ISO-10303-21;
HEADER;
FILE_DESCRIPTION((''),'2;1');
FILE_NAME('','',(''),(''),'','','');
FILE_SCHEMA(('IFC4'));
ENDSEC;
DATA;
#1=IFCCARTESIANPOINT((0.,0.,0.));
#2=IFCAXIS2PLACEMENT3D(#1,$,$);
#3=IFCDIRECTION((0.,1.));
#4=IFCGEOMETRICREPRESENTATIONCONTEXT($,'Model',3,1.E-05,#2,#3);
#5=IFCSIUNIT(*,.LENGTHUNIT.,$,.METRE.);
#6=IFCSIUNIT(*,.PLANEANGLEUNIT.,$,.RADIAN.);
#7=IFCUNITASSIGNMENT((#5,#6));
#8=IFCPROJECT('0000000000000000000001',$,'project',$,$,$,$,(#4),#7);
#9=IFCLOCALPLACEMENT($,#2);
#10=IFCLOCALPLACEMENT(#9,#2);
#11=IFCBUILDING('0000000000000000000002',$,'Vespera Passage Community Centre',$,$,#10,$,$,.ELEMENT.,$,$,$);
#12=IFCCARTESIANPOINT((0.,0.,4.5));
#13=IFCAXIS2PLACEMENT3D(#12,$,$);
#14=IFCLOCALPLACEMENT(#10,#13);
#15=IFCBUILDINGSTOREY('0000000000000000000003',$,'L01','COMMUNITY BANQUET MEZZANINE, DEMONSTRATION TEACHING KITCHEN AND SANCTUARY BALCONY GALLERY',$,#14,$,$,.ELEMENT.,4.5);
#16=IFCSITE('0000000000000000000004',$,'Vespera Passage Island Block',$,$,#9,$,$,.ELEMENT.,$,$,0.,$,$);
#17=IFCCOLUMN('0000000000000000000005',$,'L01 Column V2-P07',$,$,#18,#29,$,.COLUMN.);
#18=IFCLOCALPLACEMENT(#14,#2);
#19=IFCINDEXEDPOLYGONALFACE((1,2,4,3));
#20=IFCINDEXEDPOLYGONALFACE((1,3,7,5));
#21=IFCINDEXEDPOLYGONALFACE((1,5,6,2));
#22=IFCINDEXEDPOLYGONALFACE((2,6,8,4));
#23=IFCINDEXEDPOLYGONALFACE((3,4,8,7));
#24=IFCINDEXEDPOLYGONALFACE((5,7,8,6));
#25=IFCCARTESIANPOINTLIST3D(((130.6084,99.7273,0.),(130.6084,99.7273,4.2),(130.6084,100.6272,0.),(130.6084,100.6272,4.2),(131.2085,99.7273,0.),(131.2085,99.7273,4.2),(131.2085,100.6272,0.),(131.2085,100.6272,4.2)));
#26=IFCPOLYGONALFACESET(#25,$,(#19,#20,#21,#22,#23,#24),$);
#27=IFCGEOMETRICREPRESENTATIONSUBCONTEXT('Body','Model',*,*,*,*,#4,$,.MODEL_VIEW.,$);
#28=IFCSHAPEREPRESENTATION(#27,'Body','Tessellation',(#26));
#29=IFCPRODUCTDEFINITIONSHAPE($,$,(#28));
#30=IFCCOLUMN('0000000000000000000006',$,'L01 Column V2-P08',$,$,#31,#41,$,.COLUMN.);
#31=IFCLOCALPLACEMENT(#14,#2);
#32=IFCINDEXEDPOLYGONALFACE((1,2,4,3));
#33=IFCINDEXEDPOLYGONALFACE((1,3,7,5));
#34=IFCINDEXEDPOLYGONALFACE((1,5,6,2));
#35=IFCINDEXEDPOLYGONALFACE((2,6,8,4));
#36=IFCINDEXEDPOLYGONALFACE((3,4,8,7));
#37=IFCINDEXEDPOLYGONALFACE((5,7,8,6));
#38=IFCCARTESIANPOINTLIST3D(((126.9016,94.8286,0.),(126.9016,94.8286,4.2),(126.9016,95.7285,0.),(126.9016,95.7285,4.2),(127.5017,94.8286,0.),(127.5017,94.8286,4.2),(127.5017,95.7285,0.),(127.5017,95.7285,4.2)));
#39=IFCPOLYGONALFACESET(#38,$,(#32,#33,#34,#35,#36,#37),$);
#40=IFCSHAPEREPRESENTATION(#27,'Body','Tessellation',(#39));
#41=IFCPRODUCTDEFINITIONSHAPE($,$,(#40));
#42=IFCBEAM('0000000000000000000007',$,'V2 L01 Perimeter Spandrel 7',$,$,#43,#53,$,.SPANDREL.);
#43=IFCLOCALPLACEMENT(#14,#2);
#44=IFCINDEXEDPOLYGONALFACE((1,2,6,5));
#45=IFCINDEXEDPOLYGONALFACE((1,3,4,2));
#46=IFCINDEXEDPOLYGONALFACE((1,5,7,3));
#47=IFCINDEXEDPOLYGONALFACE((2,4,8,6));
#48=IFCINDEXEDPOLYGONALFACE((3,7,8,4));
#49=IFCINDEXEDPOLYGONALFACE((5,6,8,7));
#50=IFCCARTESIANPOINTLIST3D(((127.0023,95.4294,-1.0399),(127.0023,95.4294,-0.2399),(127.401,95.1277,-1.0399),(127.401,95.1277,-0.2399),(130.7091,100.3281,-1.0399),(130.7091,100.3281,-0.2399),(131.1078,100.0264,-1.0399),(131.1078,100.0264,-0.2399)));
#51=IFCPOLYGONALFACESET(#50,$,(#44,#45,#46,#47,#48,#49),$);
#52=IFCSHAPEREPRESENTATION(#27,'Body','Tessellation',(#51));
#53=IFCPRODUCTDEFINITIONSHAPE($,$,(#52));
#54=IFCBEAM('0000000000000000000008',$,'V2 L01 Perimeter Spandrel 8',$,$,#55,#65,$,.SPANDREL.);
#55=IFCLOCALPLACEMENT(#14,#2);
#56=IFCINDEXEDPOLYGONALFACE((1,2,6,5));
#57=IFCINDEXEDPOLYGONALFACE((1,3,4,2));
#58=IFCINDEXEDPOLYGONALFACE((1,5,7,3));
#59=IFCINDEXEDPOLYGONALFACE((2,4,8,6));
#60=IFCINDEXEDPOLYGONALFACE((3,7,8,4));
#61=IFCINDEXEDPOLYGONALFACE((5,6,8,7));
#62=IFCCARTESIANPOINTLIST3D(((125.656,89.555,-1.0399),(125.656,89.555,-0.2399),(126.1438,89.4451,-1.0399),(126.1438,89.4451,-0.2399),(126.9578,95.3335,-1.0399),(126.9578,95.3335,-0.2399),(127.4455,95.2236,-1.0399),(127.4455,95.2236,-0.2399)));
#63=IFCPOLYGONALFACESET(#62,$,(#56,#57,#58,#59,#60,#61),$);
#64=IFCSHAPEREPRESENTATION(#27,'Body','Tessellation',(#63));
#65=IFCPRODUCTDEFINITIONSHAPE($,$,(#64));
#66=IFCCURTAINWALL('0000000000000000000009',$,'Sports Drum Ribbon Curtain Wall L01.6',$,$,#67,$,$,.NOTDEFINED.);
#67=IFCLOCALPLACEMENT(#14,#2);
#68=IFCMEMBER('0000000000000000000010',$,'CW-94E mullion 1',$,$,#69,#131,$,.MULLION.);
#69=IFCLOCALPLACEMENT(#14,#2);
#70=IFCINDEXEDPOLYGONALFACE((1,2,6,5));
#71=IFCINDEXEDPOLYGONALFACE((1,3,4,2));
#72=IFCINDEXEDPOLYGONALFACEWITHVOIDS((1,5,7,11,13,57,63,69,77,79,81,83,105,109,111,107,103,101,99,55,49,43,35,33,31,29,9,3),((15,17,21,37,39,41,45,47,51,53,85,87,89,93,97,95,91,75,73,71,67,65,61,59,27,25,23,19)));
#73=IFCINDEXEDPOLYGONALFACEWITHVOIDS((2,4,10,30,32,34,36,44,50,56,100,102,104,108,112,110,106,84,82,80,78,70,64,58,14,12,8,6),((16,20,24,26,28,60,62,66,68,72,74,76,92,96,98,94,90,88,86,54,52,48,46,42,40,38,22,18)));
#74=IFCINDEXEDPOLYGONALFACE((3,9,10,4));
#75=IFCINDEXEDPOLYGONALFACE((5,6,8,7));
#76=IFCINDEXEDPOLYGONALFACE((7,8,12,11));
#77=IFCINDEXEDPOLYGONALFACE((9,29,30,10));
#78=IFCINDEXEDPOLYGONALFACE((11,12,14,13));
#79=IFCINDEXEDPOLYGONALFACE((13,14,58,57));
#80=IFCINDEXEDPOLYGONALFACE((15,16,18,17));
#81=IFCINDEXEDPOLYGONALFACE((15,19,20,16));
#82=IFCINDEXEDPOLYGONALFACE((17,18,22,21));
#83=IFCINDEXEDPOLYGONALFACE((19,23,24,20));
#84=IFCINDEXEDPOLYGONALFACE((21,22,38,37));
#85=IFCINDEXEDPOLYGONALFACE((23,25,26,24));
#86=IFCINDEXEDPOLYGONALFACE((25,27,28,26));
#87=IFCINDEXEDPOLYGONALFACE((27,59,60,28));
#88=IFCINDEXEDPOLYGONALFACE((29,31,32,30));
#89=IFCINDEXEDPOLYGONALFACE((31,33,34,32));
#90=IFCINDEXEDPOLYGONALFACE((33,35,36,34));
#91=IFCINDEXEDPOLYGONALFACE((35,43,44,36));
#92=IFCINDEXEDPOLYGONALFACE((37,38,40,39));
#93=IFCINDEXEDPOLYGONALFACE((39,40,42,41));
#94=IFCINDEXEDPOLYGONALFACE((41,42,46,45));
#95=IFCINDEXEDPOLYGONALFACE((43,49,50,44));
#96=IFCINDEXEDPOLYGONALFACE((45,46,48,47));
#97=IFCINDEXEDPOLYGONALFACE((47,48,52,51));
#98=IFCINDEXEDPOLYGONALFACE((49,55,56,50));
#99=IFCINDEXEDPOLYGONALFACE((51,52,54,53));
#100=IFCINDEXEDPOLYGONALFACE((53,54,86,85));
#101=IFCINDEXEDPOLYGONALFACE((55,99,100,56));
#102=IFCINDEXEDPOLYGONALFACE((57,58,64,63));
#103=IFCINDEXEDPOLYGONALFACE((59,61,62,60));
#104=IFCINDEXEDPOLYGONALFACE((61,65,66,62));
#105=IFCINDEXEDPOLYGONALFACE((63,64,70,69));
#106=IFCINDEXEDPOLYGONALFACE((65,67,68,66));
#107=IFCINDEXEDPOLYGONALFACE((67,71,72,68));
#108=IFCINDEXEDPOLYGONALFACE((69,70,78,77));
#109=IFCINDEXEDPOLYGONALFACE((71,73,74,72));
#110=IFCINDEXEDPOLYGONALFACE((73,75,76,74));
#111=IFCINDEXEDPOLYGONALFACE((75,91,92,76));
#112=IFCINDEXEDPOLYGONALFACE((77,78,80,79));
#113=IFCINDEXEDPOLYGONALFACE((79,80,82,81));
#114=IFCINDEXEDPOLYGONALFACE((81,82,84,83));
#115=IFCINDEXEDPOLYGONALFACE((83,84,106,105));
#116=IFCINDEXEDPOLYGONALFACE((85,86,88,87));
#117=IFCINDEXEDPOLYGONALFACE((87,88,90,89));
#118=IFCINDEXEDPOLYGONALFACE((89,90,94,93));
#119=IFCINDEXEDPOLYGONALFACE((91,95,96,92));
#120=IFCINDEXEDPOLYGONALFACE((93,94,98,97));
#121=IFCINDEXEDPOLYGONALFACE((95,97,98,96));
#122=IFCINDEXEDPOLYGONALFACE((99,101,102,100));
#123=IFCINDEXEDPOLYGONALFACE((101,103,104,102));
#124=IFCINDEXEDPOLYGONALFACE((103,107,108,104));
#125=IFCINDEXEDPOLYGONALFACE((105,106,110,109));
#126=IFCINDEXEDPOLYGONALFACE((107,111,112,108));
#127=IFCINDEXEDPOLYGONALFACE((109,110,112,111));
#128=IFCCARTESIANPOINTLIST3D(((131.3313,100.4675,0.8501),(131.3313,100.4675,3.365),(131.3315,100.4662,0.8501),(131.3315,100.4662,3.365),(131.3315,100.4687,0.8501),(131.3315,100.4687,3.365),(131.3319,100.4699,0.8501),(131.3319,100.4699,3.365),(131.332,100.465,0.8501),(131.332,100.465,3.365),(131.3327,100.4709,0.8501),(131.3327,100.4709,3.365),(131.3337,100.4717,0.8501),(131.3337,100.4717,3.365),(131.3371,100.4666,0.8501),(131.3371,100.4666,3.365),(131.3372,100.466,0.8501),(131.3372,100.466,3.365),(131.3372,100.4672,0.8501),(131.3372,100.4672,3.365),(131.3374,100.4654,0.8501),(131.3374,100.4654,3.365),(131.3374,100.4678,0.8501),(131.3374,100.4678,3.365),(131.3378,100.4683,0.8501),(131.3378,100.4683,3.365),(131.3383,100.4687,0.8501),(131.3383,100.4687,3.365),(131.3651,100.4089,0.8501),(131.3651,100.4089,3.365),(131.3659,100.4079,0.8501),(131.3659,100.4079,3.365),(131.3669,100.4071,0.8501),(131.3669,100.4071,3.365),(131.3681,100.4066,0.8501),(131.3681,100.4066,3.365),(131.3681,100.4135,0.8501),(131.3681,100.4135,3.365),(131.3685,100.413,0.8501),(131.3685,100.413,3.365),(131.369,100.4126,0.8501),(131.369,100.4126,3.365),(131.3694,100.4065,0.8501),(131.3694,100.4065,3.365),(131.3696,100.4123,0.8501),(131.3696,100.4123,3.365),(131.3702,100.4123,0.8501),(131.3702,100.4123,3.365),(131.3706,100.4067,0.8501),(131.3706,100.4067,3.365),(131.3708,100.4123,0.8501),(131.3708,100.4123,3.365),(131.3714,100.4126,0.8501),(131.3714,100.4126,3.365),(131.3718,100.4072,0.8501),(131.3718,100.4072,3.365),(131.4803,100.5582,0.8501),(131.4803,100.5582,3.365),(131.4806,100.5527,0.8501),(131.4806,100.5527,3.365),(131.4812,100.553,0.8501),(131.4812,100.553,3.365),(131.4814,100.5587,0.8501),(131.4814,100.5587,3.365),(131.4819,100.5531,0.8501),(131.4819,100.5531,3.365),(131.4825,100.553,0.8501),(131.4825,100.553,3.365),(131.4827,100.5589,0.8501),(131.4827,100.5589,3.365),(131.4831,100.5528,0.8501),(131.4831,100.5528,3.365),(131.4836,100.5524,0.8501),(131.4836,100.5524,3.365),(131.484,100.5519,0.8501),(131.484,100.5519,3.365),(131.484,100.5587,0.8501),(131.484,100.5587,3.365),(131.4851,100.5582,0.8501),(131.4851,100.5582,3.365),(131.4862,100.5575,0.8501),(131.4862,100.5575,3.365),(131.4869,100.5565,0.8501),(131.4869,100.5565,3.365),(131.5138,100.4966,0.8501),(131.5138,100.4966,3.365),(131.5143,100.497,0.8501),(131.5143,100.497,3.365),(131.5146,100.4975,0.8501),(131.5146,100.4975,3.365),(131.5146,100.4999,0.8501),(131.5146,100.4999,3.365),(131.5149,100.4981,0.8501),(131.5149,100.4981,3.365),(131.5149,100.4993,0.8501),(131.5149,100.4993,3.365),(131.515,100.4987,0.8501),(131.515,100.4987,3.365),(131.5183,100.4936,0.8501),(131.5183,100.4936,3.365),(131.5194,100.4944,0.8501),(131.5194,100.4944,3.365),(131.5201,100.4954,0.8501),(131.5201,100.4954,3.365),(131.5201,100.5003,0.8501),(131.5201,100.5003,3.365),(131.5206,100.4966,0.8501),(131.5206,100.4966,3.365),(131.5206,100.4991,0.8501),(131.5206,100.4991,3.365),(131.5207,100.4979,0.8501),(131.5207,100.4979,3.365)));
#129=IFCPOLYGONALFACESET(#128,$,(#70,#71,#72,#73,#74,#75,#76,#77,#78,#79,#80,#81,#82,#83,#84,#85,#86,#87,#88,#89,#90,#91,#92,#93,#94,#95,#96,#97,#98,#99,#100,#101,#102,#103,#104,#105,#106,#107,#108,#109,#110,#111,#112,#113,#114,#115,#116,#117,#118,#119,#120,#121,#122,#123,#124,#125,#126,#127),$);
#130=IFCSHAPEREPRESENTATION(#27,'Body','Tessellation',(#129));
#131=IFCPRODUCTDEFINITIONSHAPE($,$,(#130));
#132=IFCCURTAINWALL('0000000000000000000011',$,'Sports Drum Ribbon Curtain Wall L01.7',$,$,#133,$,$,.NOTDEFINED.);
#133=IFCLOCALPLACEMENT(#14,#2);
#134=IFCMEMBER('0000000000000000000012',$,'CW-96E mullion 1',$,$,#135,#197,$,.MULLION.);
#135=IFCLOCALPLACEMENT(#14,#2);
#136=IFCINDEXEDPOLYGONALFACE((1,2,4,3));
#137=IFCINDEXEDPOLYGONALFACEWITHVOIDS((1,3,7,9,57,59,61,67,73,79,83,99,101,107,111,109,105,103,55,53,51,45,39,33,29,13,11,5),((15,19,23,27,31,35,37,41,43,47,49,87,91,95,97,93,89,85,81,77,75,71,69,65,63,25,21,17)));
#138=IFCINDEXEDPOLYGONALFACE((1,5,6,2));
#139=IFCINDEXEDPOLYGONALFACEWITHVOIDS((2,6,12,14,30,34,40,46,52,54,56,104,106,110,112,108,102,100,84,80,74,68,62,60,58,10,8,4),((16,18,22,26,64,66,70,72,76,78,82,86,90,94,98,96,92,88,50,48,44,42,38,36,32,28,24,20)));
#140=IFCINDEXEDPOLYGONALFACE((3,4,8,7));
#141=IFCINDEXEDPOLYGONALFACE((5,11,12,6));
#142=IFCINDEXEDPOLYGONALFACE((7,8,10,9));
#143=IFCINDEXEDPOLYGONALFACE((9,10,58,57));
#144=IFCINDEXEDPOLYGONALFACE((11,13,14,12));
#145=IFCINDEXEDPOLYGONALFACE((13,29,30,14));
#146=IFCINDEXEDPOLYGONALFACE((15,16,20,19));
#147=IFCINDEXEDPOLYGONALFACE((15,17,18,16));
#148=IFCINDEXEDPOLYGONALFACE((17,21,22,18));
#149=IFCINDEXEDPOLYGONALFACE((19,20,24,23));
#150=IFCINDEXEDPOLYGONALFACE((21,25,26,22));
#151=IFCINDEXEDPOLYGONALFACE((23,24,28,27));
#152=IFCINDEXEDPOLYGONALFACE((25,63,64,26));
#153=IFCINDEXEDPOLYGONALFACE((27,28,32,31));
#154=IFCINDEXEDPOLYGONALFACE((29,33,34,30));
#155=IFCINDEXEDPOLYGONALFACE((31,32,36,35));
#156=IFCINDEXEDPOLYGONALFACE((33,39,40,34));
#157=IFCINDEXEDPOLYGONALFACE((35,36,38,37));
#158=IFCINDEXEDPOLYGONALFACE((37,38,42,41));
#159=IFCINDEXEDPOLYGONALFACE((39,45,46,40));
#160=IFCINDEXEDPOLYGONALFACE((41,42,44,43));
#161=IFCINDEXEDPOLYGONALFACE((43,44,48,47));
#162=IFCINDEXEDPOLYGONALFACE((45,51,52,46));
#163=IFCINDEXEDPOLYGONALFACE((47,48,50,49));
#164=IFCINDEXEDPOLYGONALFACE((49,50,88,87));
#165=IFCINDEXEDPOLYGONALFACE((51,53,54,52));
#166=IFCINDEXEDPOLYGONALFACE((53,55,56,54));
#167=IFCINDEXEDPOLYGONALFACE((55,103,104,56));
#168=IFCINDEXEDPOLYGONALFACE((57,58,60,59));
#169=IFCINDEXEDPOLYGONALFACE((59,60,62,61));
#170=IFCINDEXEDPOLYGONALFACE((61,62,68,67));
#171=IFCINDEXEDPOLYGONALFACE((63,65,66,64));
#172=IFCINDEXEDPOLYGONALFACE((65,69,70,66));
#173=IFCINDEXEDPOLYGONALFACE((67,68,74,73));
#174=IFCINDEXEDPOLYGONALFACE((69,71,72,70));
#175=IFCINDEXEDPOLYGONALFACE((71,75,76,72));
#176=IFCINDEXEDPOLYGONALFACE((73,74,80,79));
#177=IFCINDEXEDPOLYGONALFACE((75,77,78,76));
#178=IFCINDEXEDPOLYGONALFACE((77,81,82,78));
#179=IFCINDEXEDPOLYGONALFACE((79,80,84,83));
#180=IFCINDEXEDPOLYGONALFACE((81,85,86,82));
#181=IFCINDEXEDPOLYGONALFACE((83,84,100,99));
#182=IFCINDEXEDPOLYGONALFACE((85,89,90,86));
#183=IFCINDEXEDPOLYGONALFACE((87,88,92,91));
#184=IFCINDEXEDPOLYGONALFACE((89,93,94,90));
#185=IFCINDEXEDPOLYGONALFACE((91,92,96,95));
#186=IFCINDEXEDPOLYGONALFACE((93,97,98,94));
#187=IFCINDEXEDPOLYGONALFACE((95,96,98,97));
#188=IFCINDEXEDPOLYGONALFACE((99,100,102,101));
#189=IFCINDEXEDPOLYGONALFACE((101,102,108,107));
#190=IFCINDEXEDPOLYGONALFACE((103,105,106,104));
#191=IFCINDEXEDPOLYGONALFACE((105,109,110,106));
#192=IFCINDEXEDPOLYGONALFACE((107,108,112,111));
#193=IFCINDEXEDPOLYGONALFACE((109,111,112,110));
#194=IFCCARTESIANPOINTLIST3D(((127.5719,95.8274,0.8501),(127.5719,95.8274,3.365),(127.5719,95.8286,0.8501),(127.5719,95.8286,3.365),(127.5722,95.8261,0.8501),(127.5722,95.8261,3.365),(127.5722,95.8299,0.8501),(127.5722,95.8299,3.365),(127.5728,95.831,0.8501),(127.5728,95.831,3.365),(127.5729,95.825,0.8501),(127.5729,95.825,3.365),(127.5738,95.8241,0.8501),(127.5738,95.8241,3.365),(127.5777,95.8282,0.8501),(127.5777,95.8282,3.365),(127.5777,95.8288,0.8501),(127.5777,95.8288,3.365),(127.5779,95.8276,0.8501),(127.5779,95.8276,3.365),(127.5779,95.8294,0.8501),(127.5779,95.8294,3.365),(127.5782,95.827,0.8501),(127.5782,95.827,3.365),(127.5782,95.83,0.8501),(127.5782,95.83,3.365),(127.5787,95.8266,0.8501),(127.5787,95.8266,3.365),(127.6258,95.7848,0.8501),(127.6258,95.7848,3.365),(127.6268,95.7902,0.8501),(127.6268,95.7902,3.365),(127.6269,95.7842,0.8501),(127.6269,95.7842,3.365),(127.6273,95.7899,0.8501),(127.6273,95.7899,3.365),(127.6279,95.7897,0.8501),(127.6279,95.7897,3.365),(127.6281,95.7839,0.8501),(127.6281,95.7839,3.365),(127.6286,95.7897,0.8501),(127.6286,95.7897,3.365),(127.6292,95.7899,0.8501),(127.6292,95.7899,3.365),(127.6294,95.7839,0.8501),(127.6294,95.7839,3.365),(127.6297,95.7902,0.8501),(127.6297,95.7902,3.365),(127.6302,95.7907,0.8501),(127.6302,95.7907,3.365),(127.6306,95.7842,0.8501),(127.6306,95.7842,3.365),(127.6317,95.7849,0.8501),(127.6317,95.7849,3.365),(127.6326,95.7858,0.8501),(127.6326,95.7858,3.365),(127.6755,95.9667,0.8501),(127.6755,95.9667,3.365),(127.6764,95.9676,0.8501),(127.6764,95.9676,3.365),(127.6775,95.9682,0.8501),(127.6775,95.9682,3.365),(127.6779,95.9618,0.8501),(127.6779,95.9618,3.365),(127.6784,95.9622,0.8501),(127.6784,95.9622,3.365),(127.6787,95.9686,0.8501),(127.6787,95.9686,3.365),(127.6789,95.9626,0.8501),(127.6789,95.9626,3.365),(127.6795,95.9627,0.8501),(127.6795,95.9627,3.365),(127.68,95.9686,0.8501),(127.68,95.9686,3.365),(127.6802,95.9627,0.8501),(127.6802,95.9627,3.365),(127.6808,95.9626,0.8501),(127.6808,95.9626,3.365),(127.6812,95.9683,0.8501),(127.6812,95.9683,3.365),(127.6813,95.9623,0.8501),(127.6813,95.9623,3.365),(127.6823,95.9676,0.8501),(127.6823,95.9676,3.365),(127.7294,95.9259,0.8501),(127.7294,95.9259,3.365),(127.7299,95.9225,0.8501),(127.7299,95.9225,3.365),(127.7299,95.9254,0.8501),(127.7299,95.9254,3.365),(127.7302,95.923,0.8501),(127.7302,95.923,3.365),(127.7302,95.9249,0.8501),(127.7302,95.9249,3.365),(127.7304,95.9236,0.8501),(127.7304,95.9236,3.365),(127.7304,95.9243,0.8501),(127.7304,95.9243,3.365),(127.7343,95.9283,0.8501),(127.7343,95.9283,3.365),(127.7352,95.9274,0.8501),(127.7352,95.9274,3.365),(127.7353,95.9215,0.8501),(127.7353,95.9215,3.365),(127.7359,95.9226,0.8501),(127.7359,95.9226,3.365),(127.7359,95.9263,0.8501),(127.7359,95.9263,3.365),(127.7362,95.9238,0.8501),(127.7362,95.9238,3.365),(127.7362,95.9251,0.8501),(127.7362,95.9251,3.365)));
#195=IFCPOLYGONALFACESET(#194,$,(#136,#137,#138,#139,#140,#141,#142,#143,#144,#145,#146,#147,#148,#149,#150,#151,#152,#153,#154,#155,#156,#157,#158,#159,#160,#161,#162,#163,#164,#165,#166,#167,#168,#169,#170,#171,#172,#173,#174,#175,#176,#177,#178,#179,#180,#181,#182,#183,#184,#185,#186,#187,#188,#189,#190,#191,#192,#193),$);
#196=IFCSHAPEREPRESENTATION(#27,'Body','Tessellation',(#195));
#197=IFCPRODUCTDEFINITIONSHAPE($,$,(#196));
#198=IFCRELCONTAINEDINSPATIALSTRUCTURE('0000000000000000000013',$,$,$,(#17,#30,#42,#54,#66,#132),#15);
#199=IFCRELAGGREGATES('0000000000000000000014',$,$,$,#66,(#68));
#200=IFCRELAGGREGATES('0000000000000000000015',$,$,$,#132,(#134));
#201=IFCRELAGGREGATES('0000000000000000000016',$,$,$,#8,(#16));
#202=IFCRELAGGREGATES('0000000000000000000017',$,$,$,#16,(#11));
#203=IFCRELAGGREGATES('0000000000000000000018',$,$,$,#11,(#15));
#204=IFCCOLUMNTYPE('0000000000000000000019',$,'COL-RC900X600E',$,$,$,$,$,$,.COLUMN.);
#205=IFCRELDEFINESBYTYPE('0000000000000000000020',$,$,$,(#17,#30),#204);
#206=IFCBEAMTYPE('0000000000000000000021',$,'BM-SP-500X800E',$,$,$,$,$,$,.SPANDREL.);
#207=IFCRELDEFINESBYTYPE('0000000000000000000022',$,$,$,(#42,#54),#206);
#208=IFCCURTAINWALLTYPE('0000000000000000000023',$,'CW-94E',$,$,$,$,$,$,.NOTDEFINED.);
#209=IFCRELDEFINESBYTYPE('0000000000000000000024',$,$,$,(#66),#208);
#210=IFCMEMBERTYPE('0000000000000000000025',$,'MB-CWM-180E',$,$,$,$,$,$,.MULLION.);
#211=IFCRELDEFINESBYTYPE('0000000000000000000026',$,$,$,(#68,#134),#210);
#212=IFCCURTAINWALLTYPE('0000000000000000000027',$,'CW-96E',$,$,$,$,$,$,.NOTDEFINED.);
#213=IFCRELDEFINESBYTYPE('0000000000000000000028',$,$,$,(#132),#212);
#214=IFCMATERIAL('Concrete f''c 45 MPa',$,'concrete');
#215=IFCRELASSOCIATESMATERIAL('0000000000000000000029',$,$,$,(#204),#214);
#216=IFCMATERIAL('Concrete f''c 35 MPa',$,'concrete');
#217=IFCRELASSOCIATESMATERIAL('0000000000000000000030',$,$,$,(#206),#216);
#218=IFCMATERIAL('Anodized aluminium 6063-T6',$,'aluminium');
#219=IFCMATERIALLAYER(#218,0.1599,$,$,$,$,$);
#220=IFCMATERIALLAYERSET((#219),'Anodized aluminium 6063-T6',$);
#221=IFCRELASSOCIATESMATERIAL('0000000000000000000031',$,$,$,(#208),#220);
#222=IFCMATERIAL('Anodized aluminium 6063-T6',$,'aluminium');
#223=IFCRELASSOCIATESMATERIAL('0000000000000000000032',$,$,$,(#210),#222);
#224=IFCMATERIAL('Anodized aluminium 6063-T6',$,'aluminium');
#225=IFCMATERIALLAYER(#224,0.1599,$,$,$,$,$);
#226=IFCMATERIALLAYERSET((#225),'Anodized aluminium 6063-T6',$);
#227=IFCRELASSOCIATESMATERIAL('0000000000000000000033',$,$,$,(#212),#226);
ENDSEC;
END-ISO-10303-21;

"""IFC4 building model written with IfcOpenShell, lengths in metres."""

from ifc_helpers import new_model, si_unit, direction, frame, origin, origin_2d, place, context, subcontext, project, spatial, rectangle, hollow_rectangle, extrude, material, layer, layer_set, material_profile, profile_set, type_object, element, aggregate, save


model = new_model("IFC4")

# Units and contexts
model_context = context("Model", 3, precision=1e-05, world=origin(), true_north=direction((0.0, 1.0)))
body_context = subcontext(model_context, "Body", "Model", "MODEL_VIEW")
ifc_project = project(units=[si_unit("LENGTHUNIT", "METRE"), si_unit("PLANEANGLEUNIT", "RADIAN")], contexts=[model_context])

# Site, building, storey
site_placement = place(None, origin())
site = spatial("IfcSite", under=ifc_project, at=site_placement, Name="Vespera Passage Island Block", CompositionType="ELEMENT", RefElevation=0.0)
building_placement = place(site_placement, origin())
building = spatial("IfcBuilding", under=site, at=building_placement, Name="Vespera Passage Community Centre", CompositionType="ELEMENT")
storey_placement = place(building_placement, frame((0.0, 0.0, 4.5)))
storey = spatial("IfcBuildingStorey", under=building, at=storey_placement, Name="L01", Description="COMMUNITY BANQUET MEZZANINE, DEMONSTRATION TEACHING KITCHEN AND SANCTUARY BALCONY GALLERY", CompositionType="ELEMENT", Elevation=4.5)

# Columns
ifc_material_1 = material(Name="Concrete f'c 45 MPa", Category="concrete")
ifc_material_profile_1 = material_profile(ifc_material_1, rectangle(XDim=0.6001, YDim=0.8999, at=origin_2d()), Name="RC900X600")
ifc_profile_set_1 = profile_set([ifc_material_profile_1], Name="Concrete f'c 45 MPa")
column_type = type_object("IfcColumnType", Name="COL-RC900X600E", PredefinedType="COLUMN", material=ifc_profile_set_1)
for number, where, z_axis, x_axis, name in (
    (1, (130.9084, 100.1772, 0.0), (0.0, 0.0, 1.0), (1.0, 0.0, 0.0), "L01 Column V2-P07"),
    (2, (127.2017, 95.2786, 0.0), (0.0, 0.0, 1.0), (1.0, 0.0, 0.0), "L01 Column V2-P08"),
):
    element("IfcColumn", number, at=place(storey_placement, frame(where, z_axis=z_axis, x_axis=x_axis)), inside=storey, type_object=column_type, Name=name, PredefinedType="COLUMN", context=body_context, shape_type="SweptSolid", body=[
        extrude(rectangle(XDim=0.6001, YDim=0.8999, at=origin_2d()), origin(), (0.0, 0.0, 1.0), 4.2),
    ])

# Beams
ifc_material_2 = material(Name="Concrete f'c 35 MPa", Category="concrete")
ifc_material_profile_2 = material_profile(ifc_material_2, rectangle(XDim=0.5, YDim=0.8, at=origin_2d()), Name="RC500X800")
ifc_profile_set_2 = profile_set([ifc_material_profile_2], Name="Concrete f'c 35 MPa")
beam_type = type_object("IfcBeamType", Name="BM-SP-500X800E", PredefinedType="SPANDREL", material=ifc_profile_set_2)
beam_1_placement = place(storey_placement, frame((130.9084, 100.1772, -0.6399), z_axis=(-0.603409, -0.797432, 0.0), x_axis=(0.797432, -0.603409, 0.0)))
element("IfcBeam", 3, at=beam_1_placement, inside=storey, type_object=beam_type, Name="V2 L01 Perimeter Spandrel 7", PredefinedType="SPANDREL", context=body_context, shape_type="SweptSolid", body=[
    extrude(rectangle(XDim=0.5, YDim=0.8, at=origin_2d()), origin(), (0.0, 0.0, 1.0), 6.1431),
])
beam_2_placement = place(storey_placement, frame((127.2017, 95.2786, -0.6399), z_axis=(-0.219766, -0.975553, 0.0), x_axis=(0.975553, -0.219766, 0.0)))
element("IfcBeam", 4, at=beam_2_placement, inside=storey, type_object=beam_type, Name="V2 L01 Perimeter Spandrel 8", PredefinedType="SPANDREL", context=body_context, shape_type="SweptSolid", body=[
    extrude(rectangle(XDim=0.5, YDim=0.8, at=origin_2d()), origin(), (0.0, 0.0, 1.0), 5.9233),
])

# Curtain wall, member
ifc_material_3 = material(Name="Anodized aluminium 6063-T6", Category="aluminium")
ifc_layer_1 = layer(ifc_material_3, 0.1599)
ifc_layer_set_1 = layer_set([ifc_layer_1], Name="Anodized aluminium 6063-T6")
curtain_wall_type_1 = type_object("IfcCurtainWallType", Name="CW-94E", PredefinedType="NOTDEFINED", material=ifc_layer_set_1)
curtain_wall_1_placement = place(storey_placement, origin())
curtain_wall_1 = element("IfcCurtainWall", 5, at=curtain_wall_1_placement, inside=storey, type_object=curtain_wall_type_1, Name="Sports Drum Ribbon Curtain Wall L01.6", PredefinedType="NOTDEFINED")
ifc_material_4 = material(Name="Anodized aluminium 6063-T6", Category="aluminium")
ifc_material_profile_3 = material_profile(ifc_material_4, hollow_rectangle(XDim=0.075, YDim=0.1799, WallThickness=0.0049, InnerFilletRadius=0.0024, OuterFilletRadius=0.0049, at=origin_2d()), Name="ALU180X75X5")
ifc_profile_set_3 = profile_set([ifc_material_profile_3], Name="Anodized aluminium 6063-T6")
member_type_1 = type_object("IfcMemberType", Name="MB-CWM-180E", PredefinedType="MULLION", material=ifc_profile_set_3)
member_1_placement = place(storey_placement, frame((131.426, 100.4827, 0.8501), z_axis=(0.0, 0.0, 1.0), x_axis=(-0.50817, 0.861257, 0.0)))
member_1 = element("IfcMember", 6, at=member_1_placement, type_object=member_type_1, Name="CW-94E mullion 1", PredefinedType="MULLION", context=body_context, shape_type="SweptSolid", body=[
    extrude(hollow_rectangle(XDim=0.075, YDim=0.1799, WallThickness=0.0049, InnerFilletRadius=0.0024, OuterFilletRadius=0.0049, at=origin_2d()), origin(), (0.0, 0.0, 1.0), 2.5149),
])

# Curtain wall, member
ifc_material_5 = material(Name="Anodized aluminium 6063-T6", Category="aluminium")
ifc_layer_2 = layer(ifc_material_5, 0.1599)
ifc_layer_set_2 = layer_set([ifc_layer_2], Name="Anodized aluminium 6063-T6")
curtain_wall_type_2 = type_object("IfcCurtainWallType", Name="CW-96E", PredefinedType="NOTDEFINED", material=ifc_layer_set_2)
curtain_wall_2_placement = place(storey_placement, origin())
curtain_wall_2 = element("IfcCurtainWall", 7, at=curtain_wall_2_placement, inside=storey, type_object=curtain_wall_type_2, Name="Sports Drum Ribbon Curtain Wall L01.7", PredefinedType="NOTDEFINED")
member_2_placement = place(storey_placement, frame((127.6541, 95.8762, 0.8501), z_axis=(0.0, 0.0, 1.0), x_axis=(-0.797434, 0.603406, 0.0)))
member_2 = element("IfcMember", 8, at=member_2_placement, type_object=member_type_1, Name="CW-96E mullion 1", PredefinedType="MULLION", context=body_context, shape_type="SweptSolid", body=[
    extrude(hollow_rectangle(XDim=0.075, YDim=0.1799, WallThickness=0.0049, InnerFilletRadius=0.0024, OuterFilletRadius=0.0049, at=origin_2d()), origin(), (0.0, 0.0, 1.0), 2.5149),
])

aggregate(curtain_wall_1, [member_1])
aggregate(curtain_wall_2, [member_2])

save(model, "model.ifc")
